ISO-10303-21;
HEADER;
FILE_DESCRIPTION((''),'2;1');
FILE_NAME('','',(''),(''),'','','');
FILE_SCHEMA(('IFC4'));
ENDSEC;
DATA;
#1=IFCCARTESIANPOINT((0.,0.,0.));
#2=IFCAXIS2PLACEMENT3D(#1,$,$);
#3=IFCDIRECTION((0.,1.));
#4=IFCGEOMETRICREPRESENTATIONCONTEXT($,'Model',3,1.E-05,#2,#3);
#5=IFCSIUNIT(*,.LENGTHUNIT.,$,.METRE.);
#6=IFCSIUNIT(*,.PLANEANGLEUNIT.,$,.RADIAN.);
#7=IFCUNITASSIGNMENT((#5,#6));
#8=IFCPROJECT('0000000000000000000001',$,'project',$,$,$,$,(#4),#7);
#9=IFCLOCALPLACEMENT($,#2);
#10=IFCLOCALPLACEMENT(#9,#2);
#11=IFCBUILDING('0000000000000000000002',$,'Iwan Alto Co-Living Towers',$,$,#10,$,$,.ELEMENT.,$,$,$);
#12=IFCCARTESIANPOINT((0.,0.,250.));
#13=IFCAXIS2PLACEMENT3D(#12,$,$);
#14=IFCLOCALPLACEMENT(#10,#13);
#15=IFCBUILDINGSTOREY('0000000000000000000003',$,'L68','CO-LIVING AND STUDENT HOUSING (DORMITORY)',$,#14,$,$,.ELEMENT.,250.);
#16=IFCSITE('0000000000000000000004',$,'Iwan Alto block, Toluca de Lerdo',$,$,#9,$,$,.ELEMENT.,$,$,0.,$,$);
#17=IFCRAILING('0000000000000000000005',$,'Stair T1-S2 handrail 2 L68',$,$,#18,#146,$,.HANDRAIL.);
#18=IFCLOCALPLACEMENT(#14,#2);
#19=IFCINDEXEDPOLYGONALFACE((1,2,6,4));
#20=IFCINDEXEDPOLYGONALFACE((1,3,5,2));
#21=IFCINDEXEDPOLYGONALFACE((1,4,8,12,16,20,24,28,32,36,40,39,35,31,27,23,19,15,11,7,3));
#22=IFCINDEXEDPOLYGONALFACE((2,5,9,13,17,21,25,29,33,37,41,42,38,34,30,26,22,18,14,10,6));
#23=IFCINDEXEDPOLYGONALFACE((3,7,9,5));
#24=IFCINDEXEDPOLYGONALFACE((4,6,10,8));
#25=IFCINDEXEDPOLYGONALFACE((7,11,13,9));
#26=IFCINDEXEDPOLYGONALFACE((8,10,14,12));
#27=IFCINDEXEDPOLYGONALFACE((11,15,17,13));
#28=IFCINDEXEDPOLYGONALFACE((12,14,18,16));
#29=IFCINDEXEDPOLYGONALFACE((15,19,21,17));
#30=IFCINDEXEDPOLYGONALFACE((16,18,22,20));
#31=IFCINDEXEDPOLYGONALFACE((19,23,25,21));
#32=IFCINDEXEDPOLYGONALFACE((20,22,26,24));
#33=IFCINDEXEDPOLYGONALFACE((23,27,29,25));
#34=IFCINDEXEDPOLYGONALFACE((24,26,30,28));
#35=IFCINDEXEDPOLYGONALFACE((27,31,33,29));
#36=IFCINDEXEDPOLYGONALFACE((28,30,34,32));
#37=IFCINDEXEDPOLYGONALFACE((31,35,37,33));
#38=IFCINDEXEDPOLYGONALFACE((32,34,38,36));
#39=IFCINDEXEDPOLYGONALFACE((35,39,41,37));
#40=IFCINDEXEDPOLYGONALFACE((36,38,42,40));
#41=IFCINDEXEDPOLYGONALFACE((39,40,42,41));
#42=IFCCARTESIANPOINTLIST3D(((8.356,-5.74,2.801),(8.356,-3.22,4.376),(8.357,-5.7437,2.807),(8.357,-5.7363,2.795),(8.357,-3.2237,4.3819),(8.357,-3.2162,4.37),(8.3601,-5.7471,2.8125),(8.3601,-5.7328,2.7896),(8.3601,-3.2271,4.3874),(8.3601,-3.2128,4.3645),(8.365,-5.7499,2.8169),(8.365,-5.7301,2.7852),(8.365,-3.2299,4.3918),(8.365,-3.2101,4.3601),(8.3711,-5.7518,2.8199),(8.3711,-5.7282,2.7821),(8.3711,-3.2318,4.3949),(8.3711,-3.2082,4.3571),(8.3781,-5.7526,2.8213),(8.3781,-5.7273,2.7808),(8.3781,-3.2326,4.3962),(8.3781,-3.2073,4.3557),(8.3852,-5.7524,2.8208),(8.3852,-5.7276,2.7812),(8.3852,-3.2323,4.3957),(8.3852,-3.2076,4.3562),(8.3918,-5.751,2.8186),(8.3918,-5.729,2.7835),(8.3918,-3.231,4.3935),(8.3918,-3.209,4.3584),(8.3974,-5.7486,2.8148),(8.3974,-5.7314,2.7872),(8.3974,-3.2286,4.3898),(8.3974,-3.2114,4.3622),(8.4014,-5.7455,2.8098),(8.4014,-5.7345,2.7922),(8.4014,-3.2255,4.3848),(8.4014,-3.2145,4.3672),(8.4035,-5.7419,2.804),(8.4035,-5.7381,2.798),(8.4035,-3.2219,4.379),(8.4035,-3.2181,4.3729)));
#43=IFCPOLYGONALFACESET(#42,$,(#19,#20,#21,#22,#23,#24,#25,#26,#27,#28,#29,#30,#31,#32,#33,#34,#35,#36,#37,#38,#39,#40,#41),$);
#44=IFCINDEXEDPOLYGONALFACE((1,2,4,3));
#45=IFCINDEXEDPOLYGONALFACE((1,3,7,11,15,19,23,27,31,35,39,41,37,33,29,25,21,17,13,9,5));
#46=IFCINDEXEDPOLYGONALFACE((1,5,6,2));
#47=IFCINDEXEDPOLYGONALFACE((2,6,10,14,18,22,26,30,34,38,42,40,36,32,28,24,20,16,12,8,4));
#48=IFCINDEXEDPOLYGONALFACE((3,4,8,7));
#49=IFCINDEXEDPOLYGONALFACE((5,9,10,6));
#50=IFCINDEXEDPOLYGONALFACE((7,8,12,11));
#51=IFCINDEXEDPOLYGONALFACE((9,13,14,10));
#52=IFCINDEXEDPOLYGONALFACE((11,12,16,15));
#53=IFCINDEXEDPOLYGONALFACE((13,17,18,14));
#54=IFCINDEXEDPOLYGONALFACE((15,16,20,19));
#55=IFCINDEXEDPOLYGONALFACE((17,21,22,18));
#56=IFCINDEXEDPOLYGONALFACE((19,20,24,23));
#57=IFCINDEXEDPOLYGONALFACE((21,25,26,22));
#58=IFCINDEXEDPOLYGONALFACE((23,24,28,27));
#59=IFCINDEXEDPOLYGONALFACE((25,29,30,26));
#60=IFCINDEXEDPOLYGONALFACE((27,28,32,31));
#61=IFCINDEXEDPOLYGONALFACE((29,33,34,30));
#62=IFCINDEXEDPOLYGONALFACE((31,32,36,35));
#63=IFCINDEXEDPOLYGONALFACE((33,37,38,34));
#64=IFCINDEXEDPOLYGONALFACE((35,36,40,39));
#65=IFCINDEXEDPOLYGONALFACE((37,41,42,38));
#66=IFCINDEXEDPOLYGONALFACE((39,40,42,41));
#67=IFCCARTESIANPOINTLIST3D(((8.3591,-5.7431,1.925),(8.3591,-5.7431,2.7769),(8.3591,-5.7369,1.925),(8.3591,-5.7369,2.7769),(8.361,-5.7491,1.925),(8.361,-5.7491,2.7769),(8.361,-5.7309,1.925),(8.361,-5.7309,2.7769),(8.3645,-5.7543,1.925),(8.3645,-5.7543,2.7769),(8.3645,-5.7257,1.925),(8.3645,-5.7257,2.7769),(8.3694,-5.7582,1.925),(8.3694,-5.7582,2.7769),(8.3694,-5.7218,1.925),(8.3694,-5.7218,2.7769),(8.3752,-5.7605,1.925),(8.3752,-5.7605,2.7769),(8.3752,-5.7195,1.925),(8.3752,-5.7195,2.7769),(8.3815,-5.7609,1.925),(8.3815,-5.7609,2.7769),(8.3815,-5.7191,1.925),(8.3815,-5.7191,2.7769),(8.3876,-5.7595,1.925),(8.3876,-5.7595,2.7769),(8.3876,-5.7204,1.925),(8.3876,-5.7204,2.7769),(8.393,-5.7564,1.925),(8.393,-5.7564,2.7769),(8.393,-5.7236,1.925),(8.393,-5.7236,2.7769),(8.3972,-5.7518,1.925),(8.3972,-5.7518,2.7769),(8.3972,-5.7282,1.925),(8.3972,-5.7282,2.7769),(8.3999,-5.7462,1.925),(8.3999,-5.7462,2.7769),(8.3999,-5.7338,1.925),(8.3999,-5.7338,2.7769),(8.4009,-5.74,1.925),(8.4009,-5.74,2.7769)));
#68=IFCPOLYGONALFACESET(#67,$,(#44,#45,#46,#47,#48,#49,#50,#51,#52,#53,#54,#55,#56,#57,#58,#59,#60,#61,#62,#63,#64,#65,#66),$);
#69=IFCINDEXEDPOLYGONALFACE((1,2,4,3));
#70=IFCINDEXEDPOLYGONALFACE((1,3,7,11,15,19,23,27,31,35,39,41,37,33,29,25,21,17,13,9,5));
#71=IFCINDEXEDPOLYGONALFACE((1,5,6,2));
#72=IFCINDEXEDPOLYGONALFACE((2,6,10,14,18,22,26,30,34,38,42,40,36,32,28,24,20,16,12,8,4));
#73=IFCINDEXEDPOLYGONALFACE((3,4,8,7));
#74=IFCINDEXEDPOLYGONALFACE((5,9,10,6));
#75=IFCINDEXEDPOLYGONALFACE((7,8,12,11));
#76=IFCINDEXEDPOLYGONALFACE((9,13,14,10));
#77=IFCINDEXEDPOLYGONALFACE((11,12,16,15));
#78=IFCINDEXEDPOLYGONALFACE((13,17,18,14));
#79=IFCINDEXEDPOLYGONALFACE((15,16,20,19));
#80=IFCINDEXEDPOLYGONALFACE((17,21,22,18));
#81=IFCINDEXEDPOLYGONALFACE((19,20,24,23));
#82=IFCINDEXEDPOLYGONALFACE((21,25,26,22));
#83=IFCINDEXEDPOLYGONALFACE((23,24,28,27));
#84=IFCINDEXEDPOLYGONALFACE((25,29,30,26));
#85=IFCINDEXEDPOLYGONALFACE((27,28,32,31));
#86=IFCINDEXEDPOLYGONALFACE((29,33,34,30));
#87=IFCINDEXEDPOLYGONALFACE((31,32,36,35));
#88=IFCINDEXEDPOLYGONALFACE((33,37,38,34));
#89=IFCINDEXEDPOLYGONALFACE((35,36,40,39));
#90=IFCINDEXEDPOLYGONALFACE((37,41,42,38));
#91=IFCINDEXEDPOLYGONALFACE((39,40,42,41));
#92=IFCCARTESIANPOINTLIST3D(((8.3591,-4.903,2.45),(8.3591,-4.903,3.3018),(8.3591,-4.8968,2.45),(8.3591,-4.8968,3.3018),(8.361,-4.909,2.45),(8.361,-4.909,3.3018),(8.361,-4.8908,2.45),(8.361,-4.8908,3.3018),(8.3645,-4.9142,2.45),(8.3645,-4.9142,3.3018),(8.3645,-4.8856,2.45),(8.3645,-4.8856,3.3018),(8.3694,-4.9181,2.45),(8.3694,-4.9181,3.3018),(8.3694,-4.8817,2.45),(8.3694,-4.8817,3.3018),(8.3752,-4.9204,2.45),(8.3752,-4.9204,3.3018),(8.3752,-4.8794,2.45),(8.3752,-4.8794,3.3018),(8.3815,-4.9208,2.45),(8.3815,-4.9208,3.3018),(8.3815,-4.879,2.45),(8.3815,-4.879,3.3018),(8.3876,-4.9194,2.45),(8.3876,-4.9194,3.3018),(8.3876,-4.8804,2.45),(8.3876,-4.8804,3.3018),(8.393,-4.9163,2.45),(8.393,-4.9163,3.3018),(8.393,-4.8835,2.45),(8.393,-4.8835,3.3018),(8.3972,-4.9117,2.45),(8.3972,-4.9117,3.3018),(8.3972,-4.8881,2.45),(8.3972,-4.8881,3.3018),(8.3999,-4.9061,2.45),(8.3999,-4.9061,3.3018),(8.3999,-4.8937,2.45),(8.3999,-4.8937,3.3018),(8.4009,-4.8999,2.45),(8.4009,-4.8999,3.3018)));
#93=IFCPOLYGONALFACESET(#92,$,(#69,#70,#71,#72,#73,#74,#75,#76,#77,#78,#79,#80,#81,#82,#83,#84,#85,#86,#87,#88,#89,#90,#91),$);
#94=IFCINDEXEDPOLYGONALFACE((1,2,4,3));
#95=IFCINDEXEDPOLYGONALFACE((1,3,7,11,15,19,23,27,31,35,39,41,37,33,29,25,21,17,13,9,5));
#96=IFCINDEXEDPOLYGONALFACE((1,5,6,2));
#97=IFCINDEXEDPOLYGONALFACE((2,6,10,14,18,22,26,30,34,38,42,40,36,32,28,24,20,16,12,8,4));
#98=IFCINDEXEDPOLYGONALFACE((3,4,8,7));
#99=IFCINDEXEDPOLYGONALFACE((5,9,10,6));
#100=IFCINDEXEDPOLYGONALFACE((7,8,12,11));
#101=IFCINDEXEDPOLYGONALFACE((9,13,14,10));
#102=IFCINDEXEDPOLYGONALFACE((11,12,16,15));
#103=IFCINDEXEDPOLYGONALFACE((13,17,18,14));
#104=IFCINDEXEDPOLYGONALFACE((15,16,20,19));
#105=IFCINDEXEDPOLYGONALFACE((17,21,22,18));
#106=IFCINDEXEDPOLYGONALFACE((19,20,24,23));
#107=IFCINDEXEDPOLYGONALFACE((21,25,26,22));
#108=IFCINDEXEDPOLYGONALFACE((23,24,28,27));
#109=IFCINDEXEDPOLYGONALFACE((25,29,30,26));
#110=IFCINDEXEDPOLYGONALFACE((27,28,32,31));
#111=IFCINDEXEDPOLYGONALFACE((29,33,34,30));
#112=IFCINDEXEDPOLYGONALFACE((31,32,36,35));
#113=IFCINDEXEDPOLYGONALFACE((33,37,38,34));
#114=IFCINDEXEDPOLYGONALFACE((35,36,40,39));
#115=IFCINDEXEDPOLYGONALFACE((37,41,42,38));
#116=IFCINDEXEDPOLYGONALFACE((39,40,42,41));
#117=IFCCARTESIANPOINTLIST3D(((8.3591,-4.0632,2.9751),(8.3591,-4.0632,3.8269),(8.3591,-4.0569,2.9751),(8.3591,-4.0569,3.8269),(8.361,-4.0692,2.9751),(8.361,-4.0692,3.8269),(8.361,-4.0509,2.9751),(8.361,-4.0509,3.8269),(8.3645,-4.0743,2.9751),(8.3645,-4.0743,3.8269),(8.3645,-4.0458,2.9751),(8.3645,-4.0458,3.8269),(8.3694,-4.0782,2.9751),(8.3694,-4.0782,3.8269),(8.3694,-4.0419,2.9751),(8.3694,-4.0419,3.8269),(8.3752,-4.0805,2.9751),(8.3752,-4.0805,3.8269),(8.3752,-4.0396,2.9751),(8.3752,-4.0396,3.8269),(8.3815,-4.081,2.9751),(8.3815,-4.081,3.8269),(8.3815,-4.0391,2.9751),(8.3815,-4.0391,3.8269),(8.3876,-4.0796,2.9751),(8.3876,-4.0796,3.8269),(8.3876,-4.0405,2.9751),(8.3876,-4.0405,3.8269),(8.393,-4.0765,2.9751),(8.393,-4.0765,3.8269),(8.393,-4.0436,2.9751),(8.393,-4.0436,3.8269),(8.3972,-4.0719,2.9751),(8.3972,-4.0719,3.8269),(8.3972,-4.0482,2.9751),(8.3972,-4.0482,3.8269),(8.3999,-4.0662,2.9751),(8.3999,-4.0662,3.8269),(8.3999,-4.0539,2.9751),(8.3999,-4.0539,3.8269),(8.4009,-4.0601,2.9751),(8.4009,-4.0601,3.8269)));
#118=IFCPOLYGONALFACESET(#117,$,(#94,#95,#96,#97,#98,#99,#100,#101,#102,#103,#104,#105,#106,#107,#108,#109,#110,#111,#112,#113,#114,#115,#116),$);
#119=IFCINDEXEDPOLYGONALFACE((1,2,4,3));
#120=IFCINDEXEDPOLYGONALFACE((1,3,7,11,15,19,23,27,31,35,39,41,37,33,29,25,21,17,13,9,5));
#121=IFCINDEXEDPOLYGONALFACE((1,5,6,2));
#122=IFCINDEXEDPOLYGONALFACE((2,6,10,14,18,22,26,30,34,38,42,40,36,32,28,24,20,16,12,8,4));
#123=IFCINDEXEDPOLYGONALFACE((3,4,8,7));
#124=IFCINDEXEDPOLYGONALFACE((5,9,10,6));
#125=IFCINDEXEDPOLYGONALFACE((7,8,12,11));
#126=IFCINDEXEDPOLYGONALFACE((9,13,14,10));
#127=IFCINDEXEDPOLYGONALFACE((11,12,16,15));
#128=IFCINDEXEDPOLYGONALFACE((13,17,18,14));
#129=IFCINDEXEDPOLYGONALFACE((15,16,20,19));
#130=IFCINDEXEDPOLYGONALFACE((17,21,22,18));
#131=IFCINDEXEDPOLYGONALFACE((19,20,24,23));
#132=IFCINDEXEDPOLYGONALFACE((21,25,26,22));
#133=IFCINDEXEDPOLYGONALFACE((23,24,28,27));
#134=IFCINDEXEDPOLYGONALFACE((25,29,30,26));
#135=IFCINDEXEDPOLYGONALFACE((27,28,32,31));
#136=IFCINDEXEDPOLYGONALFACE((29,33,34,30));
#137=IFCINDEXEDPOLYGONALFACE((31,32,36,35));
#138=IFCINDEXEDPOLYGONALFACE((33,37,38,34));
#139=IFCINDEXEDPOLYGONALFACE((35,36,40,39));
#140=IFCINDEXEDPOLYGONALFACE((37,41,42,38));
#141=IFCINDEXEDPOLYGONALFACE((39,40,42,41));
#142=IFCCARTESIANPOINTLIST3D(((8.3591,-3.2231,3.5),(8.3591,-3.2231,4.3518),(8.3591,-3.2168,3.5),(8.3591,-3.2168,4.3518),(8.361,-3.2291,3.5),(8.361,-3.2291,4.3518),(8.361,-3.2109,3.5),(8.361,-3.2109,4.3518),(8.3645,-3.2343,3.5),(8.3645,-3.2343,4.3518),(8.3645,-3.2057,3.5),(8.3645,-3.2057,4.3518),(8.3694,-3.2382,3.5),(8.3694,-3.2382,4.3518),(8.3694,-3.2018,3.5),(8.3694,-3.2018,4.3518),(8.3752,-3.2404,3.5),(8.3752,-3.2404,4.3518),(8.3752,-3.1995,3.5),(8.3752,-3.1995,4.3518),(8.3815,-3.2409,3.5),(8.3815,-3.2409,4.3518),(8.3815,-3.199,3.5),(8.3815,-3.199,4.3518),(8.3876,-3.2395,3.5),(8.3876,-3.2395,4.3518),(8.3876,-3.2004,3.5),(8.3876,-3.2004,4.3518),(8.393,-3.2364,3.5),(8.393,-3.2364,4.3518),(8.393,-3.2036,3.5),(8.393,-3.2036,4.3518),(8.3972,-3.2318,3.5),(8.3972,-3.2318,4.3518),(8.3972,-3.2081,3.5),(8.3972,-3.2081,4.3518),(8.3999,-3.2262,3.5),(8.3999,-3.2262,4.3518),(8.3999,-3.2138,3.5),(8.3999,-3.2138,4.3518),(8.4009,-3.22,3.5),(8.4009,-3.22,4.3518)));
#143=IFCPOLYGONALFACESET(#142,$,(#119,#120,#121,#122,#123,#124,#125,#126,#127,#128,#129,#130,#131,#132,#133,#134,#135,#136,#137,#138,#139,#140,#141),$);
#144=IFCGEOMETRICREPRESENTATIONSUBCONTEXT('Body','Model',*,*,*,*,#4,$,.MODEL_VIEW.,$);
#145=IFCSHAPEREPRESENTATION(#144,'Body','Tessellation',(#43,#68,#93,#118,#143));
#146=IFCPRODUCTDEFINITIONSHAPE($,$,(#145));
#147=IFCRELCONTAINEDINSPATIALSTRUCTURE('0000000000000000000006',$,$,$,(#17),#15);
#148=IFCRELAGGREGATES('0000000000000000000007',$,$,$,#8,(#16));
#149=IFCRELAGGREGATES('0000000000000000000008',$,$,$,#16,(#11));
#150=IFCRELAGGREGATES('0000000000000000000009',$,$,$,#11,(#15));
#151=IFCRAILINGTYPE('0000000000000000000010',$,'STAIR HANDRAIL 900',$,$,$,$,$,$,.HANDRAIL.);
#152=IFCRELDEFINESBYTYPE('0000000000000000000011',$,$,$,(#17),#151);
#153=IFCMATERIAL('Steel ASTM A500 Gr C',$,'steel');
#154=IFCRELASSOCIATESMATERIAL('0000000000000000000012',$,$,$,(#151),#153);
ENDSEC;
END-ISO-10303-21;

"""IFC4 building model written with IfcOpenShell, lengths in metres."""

from ifc_helpers import new_model, si_unit, direction, frame, origin, origin_2d, place, context, subcontext, project, spatial, circle, extrude, material, type_object, element, save


model = new_model("IFC4")

# Units and contexts
model_context = context("Model", 3, precision=1e-05, world=origin(), true_north=direction((0.0, 1.0)))
body_context = subcontext(model_context, "Body", "Model", "MODEL_VIEW")
ifc_project = project(units=[si_unit("LENGTHUNIT", "METRE"), si_unit("PLANEANGLEUNIT", "RADIAN")], contexts=[model_context])

# Site, building, storey
site_placement = place(None, origin())
site = spatial("IfcSite", under=ifc_project, at=site_placement, Name="Iwan Alto block, Toluca de Lerdo", CompositionType="ELEMENT", RefElevation=0.0)
building_placement = place(site_placement, origin())
building = spatial("IfcBuilding", under=site, at=building_placement, Name="Iwan Alto Co-Living Towers", CompositionType="ELEMENT")
storey_placement = place(building_placement, frame((0.0, 0.0, 250.0)))
storey = spatial("IfcBuildingStorey", under=building, at=storey_placement, Name="L68", Description="CO-LIVING AND STUDENT HOUSING (DORMITORY)", CompositionType="ELEMENT", Elevation=250.0)

# Railing
ifc_material_1 = material(Name="Steel ASTM A500 Gr C", Category="steel")
railing_type_1 = type_object("IfcRailingType", Name="STAIR HANDRAIL 900", PredefinedType="HANDRAIL", material=ifc_material_1)
railing_1_placement = place(storey_placement, frame((8.3799, -5.74, 1.925)))
element("IfcRailing", 1, at=railing_1_placement, inside=storey, type_object=railing_type_1, Name="Stair T1-S2 handrail 2 L68", PredefinedType="HANDRAIL", context=body_context, shape_type="SweptSolid", body=[
    extrude(circle(Radius=0.0239, at=origin_2d()), frame((0.0, 0.0, 0.876), z_axis=(0.0, 0.848008, 0.529984), x_axis=(-1.0, 0.0, 0.0)), (0.0, 0.0, 1.0), 2.9717),
    extrude(circle(Radius=0.021, at=origin_2d()), origin(), (0.0, 0.0, 1.0), 0.8518),
    extrude(circle(Radius=0.021, at=origin_2d()), frame((0.0, 0.8401, 0.5249)), (0.0, 0.0, 1.0), 0.8518),
    extrude(circle(Radius=0.021, at=origin_2d()), frame((0.0, 1.6799, 1.05)), (0.0, 0.0, 1.0), 0.8518),
    extrude(circle(Radius=0.021, at=origin_2d()), frame((0.0, 2.52, 1.575)), (0.0, 0.0, 1.0), 0.8518),
])

save(model, "model.ifc")
